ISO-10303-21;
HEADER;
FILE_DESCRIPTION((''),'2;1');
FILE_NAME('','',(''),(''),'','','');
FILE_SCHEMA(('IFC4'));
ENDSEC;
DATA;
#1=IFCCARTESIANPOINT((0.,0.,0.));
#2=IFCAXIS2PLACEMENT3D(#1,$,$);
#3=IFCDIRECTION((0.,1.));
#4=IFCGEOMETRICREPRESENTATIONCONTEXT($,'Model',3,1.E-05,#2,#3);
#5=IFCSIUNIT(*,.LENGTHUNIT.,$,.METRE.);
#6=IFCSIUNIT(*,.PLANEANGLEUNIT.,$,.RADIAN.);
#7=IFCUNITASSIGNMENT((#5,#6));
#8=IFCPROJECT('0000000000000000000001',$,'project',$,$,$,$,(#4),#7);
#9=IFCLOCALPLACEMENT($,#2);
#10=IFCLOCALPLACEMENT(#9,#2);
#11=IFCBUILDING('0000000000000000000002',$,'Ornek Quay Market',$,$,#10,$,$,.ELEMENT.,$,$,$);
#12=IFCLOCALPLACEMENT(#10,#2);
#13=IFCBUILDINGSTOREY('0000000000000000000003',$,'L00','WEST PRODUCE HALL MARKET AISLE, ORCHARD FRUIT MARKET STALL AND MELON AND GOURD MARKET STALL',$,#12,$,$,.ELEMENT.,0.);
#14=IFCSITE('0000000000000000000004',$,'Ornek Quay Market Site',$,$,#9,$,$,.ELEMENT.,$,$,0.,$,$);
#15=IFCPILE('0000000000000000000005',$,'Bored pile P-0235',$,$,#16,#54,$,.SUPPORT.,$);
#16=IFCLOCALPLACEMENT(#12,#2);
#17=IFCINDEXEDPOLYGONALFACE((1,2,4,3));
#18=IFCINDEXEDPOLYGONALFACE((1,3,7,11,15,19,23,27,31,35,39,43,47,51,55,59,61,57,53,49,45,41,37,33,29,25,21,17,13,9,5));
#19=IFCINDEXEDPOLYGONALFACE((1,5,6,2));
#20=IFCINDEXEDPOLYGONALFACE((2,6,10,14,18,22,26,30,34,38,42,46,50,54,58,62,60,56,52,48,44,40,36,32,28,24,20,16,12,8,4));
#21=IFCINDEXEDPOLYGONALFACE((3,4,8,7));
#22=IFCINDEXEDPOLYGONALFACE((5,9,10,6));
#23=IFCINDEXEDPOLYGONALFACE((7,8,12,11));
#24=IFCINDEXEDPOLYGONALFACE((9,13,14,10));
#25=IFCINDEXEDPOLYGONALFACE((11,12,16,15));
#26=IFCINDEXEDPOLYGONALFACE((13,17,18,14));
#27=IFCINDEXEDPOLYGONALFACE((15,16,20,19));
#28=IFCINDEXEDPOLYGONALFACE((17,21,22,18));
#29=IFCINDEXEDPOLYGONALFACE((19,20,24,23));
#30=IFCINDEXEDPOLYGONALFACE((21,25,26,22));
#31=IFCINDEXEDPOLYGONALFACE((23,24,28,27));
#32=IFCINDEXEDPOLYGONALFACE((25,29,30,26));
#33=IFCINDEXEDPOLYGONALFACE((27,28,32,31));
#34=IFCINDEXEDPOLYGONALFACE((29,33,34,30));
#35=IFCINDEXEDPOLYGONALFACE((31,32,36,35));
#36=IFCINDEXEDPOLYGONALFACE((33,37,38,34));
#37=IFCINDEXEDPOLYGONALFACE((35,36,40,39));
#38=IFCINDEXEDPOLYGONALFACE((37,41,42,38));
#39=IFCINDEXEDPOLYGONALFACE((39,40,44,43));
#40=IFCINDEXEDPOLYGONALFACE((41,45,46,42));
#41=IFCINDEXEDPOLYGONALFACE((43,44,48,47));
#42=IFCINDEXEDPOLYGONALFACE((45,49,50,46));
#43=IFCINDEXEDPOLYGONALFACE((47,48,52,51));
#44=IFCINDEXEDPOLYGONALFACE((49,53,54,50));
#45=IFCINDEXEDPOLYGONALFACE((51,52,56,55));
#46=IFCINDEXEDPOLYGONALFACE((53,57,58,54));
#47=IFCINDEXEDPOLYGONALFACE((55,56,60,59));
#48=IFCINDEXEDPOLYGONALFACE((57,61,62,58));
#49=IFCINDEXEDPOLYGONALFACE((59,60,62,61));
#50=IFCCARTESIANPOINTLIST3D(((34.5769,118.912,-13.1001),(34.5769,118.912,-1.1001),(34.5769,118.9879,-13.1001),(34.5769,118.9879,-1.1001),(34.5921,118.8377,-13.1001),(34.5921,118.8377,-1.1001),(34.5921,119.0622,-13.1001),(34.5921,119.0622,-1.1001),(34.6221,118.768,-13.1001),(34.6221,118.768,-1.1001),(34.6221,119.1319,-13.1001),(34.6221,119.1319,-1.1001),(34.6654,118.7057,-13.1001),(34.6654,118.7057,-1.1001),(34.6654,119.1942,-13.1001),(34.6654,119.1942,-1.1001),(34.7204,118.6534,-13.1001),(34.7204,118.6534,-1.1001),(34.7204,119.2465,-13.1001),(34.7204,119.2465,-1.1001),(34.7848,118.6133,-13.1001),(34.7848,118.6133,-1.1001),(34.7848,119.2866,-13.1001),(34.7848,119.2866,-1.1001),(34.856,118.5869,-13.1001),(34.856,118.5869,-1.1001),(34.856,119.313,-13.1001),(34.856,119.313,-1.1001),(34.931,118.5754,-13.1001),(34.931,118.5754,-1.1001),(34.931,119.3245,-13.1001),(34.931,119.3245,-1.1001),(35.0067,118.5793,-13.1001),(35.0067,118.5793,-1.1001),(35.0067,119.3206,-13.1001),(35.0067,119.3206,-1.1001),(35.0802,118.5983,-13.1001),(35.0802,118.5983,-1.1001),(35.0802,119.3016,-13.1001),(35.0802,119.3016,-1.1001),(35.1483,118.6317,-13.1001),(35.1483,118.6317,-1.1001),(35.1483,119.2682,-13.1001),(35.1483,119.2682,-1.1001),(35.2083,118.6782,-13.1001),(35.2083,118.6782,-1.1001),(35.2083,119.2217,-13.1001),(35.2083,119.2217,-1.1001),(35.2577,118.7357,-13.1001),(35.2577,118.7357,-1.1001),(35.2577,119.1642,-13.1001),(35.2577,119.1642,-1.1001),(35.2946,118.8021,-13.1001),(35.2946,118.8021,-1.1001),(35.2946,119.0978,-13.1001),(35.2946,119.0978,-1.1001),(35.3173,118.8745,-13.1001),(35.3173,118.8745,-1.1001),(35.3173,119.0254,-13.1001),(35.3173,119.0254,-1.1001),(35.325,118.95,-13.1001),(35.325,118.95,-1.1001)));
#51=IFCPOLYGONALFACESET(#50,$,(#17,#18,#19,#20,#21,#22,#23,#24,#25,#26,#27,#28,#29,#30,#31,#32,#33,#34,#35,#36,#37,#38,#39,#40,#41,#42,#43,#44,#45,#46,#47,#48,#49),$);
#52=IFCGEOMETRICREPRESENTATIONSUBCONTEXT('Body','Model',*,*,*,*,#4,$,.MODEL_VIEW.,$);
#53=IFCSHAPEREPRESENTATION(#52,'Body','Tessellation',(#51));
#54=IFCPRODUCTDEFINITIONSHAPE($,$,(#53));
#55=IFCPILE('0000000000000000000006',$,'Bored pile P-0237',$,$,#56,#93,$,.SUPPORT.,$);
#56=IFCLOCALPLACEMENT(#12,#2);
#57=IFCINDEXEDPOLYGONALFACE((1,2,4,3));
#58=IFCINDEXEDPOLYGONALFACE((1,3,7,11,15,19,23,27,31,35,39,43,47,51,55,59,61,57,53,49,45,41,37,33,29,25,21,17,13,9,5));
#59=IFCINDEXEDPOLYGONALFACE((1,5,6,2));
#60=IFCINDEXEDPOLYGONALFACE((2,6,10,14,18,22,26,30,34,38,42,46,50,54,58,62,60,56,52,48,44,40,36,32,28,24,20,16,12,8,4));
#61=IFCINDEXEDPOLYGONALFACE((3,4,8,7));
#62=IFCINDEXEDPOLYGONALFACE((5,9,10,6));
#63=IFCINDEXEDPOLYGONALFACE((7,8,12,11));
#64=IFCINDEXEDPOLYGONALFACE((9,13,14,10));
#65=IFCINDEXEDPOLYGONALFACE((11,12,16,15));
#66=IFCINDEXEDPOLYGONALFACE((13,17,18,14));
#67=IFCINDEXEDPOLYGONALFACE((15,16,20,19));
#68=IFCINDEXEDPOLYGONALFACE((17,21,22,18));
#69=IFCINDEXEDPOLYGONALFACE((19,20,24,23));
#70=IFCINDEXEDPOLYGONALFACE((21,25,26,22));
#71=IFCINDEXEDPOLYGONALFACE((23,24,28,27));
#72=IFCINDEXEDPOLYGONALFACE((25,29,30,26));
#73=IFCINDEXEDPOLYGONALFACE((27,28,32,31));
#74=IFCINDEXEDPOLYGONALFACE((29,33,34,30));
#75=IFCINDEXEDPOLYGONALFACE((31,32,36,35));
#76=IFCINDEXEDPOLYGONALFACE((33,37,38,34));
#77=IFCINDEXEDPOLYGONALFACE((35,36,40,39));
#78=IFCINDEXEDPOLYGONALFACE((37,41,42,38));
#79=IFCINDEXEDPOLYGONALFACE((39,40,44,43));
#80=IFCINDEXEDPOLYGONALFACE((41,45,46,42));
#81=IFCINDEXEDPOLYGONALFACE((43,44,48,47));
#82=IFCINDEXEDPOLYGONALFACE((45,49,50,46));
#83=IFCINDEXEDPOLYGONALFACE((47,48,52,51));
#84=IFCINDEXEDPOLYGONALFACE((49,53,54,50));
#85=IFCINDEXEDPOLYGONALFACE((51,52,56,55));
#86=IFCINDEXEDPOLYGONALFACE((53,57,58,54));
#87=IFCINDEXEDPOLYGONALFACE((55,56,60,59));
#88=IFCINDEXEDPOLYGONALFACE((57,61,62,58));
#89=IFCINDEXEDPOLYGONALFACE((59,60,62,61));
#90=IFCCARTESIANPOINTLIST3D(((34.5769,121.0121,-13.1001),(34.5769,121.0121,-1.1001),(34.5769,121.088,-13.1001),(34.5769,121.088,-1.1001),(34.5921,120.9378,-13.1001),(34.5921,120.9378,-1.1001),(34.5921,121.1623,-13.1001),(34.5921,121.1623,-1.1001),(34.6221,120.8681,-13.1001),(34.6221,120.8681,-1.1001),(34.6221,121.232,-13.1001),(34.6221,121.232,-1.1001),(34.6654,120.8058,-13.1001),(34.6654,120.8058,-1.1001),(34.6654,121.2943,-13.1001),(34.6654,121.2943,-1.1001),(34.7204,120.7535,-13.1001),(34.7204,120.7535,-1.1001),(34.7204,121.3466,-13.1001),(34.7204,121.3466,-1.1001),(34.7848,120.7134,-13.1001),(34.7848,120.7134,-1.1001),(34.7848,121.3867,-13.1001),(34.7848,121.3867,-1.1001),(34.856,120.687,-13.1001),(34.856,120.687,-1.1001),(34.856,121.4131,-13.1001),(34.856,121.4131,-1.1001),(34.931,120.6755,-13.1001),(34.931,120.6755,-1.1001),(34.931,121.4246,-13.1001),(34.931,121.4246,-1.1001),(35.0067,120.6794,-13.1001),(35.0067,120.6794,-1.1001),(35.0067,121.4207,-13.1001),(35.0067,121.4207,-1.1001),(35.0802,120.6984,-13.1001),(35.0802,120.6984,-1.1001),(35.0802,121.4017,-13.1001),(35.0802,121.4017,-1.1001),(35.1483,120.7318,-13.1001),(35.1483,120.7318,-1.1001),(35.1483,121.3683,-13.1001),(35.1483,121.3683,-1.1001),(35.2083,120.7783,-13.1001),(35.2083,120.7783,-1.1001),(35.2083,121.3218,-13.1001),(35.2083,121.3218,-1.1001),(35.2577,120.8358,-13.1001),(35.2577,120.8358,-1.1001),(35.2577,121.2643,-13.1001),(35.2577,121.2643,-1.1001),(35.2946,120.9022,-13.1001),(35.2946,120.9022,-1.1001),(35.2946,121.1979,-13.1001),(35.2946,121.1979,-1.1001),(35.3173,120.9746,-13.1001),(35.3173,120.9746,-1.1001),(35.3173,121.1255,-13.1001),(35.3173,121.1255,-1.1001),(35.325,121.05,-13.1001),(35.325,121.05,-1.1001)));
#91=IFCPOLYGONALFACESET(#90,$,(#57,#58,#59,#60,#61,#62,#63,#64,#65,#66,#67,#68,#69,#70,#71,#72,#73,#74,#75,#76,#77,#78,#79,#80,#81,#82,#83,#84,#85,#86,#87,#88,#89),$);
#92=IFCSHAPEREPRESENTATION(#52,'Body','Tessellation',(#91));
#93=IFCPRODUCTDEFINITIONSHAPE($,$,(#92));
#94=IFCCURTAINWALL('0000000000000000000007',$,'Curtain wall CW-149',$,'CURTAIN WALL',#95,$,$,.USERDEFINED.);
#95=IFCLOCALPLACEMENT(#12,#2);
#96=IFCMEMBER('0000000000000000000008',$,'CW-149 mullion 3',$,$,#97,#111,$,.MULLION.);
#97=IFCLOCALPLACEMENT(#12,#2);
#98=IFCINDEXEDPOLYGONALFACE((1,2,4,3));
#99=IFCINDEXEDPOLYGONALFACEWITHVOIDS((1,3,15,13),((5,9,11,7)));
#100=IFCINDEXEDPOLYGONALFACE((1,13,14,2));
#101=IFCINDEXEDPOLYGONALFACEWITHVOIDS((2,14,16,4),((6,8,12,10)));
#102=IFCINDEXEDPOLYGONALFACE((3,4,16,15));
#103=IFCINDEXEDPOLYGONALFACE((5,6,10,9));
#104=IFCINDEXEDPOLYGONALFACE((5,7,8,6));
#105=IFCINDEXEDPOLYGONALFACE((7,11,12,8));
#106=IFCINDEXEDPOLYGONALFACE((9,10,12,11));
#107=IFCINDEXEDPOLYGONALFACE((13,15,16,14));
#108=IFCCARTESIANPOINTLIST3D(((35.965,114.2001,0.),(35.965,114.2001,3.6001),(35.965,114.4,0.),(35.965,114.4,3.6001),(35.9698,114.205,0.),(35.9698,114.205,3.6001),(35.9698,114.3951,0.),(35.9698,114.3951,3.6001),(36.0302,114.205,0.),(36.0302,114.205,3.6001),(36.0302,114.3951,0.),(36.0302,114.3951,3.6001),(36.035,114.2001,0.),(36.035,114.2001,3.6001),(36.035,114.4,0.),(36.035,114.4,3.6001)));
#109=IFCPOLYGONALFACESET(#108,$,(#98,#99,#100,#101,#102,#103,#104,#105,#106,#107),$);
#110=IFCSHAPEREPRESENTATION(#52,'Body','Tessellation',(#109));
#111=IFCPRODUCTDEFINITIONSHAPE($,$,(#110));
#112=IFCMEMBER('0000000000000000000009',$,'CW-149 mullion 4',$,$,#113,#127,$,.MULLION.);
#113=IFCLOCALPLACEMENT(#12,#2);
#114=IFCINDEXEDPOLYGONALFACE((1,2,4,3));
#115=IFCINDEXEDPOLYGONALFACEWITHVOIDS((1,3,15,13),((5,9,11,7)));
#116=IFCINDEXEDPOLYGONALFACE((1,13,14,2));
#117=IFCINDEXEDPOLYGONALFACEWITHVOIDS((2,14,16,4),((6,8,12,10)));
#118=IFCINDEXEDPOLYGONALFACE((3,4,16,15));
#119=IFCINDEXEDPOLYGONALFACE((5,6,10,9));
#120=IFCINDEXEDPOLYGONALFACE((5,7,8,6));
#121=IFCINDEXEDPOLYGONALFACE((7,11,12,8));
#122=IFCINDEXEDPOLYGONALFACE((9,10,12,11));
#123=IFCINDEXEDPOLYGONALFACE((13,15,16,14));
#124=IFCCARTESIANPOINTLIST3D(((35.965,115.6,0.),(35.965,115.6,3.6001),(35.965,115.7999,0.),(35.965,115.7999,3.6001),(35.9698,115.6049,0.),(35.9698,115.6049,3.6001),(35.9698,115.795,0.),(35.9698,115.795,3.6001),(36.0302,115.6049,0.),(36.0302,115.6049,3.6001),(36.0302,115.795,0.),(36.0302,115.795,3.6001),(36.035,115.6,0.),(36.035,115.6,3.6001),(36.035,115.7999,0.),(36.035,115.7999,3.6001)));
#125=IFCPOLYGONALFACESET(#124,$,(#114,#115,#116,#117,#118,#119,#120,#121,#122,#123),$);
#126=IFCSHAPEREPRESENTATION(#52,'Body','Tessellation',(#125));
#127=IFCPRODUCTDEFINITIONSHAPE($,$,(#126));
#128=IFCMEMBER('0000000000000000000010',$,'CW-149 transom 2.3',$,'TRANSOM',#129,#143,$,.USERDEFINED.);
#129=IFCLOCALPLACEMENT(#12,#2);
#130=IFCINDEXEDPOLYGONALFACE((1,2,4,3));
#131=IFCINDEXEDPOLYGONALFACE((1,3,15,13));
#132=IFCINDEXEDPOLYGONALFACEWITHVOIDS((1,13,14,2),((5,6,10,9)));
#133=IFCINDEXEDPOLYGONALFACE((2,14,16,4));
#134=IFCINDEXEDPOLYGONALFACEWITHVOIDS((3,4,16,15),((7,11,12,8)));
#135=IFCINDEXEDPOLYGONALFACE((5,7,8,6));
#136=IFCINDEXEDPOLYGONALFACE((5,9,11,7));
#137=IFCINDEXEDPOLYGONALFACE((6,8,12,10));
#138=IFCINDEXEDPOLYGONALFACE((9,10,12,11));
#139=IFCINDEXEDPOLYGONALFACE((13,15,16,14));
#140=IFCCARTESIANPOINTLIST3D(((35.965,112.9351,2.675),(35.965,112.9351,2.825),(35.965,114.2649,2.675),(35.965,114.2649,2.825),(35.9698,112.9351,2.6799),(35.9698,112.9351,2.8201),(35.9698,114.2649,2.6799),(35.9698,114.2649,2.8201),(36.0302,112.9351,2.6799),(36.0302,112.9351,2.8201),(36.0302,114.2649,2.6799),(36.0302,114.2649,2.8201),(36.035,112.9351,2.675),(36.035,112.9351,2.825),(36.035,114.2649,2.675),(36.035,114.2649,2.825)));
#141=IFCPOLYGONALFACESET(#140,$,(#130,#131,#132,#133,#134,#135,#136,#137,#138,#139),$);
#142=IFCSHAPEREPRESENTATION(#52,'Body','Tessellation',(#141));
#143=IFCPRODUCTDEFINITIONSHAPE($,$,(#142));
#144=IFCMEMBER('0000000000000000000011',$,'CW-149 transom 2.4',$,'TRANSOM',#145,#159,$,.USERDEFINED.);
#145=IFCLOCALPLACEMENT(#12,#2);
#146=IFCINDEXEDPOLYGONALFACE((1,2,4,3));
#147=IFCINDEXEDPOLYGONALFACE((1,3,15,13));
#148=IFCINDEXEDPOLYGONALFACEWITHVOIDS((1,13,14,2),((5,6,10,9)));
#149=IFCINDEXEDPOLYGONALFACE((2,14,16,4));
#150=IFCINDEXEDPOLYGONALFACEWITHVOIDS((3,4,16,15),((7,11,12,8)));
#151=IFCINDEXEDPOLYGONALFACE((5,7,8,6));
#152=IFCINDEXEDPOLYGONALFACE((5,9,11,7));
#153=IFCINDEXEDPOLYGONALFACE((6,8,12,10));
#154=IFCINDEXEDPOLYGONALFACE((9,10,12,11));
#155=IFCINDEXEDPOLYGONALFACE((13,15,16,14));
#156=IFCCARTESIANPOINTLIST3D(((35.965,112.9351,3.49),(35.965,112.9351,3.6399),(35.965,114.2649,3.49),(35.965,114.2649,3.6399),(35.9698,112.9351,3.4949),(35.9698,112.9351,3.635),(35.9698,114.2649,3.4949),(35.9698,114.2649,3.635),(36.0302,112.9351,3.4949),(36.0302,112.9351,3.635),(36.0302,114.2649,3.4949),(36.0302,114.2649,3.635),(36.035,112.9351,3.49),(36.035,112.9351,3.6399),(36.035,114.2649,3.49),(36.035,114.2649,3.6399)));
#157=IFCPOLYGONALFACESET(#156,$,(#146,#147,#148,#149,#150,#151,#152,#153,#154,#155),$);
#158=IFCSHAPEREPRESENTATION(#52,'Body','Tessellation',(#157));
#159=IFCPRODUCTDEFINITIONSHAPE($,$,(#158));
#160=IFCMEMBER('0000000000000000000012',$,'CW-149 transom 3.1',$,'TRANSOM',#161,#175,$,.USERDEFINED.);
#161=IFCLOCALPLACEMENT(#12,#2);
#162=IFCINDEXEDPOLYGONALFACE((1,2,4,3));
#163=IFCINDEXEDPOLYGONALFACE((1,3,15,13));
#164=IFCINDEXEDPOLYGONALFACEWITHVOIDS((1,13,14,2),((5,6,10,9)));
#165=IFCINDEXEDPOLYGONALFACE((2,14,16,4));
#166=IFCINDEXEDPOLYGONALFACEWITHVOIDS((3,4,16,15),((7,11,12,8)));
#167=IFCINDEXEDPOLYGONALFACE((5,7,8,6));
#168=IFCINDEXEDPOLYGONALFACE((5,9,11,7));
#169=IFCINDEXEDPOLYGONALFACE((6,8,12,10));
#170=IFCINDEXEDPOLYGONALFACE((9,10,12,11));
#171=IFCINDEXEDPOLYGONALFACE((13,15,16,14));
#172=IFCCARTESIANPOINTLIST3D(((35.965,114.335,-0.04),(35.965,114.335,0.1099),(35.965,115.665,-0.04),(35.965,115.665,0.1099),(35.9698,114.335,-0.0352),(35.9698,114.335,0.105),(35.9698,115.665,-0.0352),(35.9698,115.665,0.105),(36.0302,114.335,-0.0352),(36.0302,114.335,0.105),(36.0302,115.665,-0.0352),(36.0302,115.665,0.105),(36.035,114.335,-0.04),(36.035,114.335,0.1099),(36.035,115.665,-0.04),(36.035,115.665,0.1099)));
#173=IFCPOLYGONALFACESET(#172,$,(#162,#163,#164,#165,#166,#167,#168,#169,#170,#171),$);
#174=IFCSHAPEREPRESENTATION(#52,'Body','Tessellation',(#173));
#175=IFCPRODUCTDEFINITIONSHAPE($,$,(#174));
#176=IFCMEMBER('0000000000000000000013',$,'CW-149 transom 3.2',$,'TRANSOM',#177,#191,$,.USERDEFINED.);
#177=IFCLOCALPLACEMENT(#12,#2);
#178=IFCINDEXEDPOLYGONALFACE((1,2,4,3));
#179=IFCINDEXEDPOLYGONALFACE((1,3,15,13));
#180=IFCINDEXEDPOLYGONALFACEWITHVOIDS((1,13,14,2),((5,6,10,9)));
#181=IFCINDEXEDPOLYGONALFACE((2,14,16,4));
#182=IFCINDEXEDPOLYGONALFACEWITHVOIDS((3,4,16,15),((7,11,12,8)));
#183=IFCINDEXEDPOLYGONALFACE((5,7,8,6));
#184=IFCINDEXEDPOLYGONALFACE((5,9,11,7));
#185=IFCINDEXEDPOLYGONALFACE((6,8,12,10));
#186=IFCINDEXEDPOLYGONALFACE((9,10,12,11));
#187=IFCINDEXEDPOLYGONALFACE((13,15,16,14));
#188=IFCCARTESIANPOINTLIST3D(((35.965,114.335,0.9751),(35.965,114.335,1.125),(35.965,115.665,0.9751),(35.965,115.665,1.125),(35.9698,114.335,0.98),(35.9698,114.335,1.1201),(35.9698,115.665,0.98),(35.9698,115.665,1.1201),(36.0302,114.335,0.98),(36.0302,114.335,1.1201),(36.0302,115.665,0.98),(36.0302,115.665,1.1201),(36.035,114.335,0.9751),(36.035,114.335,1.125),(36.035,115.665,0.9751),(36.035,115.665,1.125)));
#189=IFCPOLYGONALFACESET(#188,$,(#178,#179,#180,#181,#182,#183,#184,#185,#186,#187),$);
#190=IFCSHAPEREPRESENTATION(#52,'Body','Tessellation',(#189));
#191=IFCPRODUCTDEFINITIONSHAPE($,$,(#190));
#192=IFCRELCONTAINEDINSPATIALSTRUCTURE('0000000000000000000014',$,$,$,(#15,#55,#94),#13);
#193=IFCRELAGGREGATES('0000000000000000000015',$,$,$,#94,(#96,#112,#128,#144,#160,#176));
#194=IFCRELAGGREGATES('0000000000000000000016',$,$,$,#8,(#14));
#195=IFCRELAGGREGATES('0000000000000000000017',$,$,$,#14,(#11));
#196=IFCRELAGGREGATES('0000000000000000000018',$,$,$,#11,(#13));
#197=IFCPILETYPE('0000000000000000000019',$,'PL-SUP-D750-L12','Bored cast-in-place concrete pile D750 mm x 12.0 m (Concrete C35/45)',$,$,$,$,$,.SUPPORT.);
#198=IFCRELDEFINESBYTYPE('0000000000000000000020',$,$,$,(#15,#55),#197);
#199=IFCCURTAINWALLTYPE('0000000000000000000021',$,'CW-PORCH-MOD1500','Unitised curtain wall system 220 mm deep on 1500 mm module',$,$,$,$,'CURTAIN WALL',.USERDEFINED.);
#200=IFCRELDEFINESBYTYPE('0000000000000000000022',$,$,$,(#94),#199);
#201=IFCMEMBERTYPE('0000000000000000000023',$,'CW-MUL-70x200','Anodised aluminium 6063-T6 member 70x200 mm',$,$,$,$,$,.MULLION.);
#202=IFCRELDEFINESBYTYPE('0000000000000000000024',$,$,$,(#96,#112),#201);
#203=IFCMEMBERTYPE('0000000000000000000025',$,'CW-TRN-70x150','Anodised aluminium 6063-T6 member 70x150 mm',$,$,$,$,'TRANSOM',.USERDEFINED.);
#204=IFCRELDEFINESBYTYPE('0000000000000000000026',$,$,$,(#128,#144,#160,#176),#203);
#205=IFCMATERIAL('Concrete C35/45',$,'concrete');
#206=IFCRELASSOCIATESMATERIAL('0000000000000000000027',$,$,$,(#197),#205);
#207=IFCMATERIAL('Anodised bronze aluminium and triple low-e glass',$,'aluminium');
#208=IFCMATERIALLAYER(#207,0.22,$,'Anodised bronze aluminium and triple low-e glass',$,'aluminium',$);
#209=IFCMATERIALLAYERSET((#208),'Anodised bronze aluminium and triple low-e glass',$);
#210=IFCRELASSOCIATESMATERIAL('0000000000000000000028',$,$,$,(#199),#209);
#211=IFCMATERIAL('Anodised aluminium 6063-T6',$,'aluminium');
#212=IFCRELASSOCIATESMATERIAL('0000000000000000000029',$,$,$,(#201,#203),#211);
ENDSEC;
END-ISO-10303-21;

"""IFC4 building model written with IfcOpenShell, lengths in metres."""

from ifc_helpers import new_model, si_unit, direction, frame, origin, origin_2d, place, context, subcontext, project, spatial, hollow_rectangle, circle, extrude, material, layer, layer_set, material_profile, profile_set, type_object, element, aggregate, save


model = new_model("IFC4")

# Units and contexts
model_context = context("Model", 3, precision=1e-05, world=origin(), true_north=direction((0.0, 1.0)))
body_context = subcontext(model_context, "Body", "Model", "MODEL_VIEW")
ifc_project = project(units=[si_unit("LENGTHUNIT", "METRE"), si_unit("PLANEANGLEUNIT", "RADIAN")], contexts=[model_context])

# Site, building, storey
site_placement = place(None, origin())
site = spatial("IfcSite", under=ifc_project, at=site_placement, Name="Ornek Quay Market Site", CompositionType="ELEMENT", RefElevation=0.0)
building_placement = place(site_placement, origin())
building = spatial("IfcBuilding", under=site, at=building_placement, Name="Ornek Quay Market", CompositionType="ELEMENT")
storey_placement = place(building_placement, origin())
storey = spatial("IfcBuildingStorey", under=building, at=storey_placement, Name="L00", Description="WEST PRODUCE HALL MARKET AISLE, ORCHARD FRUIT MARKET STALL AND MELON AND GOURD MARKET STALL", CompositionType="ELEMENT", Elevation=0.0)

# Piles
ifc_material_1 = material(Name="Concrete C35/45", Category="concrete")
ifc_material_profile_1 = material_profile(ifc_material_1, circle(Radius=0.375, at=origin_2d()), Name="PILE D750", Category="concrete")
ifc_profile_set_1 = profile_set([ifc_material_profile_1], Name="Concrete C35/45")
pile_type = type_object("IfcPileType", Name="PL-SUP-D750-L12", Description="Bored cast-in-place concrete pile D750 mm x 12.0 m (Concrete C35/45)", PredefinedType="SUPPORT", material=ifc_profile_set_1)
for number, where, z_axis, x_axis, name in (
    (1, (34.95, 118.95, -1.1001), (0.0, 0.0, -1.0), (1.0, 0.0, 0.0), "Bored pile P-0235"),
    (2, (34.95, 121.05, -1.1001), (0.0, 0.0, -1.0), (1.0, 0.0, 0.0), "Bored pile P-0237"),
):
    element("IfcPile", number, at=place(storey_placement, frame(where, z_axis=z_axis, x_axis=x_axis)), inside=storey, type_object=pile_type, Name=name, PredefinedType="SUPPORT", context=body_context, shape_type="SweptSolid", body=[
        extrude(circle(Radius=0.375, at=origin_2d()), origin(), (0.0, 0.0, 1.0), 12.0),
    ])

# Curtain wall, members
ifc_material_2 = material(Name="Anodised bronze aluminium and triple low-e glass", Category="aluminium")
ifc_layer_1 = layer(ifc_material_2, 0.22, Name="Anodised bronze aluminium and triple low-e glass", Category="aluminium")
ifc_layer_set_1 = layer_set([ifc_layer_1], Name="Anodised bronze aluminium and triple low-e glass")
curtain_wall_type = type_object("IfcCurtainWallType", Name="CW-PORCH-MOD1500", Description="Unitised curtain wall system 220 mm deep on 1500 mm module", ElementType="CURTAIN WALL", PredefinedType="USERDEFINED", material=ifc_layer_set_1)
curtain_wall_placement = place(storey_placement, origin())
curtain_wall = element("IfcCurtainWall", 3, at=curtain_wall_placement, inside=storey, type_object=curtain_wall_type, Name="Curtain wall CW-149", ObjectType="CURTAIN WALL", PredefinedType="USERDEFINED")
ifc_material_3 = material(Name="Anodised aluminium 6063-T6", Category="aluminium")
ifc_material_profile_2 = material_profile(ifc_material_3, hollow_rectangle(XDim=0.0701, YDim=0.2, WallThickness=0.0049, at=origin_2d()), Name="CW-MUL-70x200", Category="aluminium")
ifc_profile_set_2 = profile_set([ifc_material_profile_2], Name="Anodised aluminium 6063-T6")
member_type_1 = type_object("IfcMemberType", Name="CW-MUL-70x200", Description="Anodised aluminium 6063-T6 member 70x200 mm", PredefinedType="MULLION", material=ifc_profile_set_2)
member_1_placement = place(storey_placement, frame((36.0, 114.3, 0.0), z_axis=(0.0, 0.0, 1.0), x_axis=(-1.0, 0.0, 0.0)))
member_1 = element("IfcMember", 4, at=member_1_placement, type_object=member_type_1, Name="CW-149 mullion 3", PredefinedType="MULLION", context=body_context, shape_type="SweptSolid", body=[
    extrude(hollow_rectangle(XDim=0.0701, YDim=0.2, WallThickness=0.0049, at=origin_2d()), origin(), (0.0, 0.0, 1.0), 3.6001),
])
member_2_placement = place(storey_placement, frame((36.0, 115.7, 0.0), z_axis=(0.0, 0.0, 1.0), x_axis=(-1.0, 0.0, 0.0)))
member_2 = element("IfcMember", 5, at=member_2_placement, type_object=member_type_1, Name="CW-149 mullion 4", PredefinedType="MULLION", context=body_context, shape_type="SweptSolid", body=[
    extrude(hollow_rectangle(XDim=0.0701, YDim=0.2, WallThickness=0.0049, at=origin_2d()), origin(), (0.0, 0.0, 1.0), 3.6001),
])
ifc_material_profile_3 = material_profile(ifc_material_3, hollow_rectangle(XDim=0.0701, YDim=0.1499, WallThickness=0.0049, at=origin_2d()), Name="CW-TRN-70x150", Category="aluminium")
ifc_profile_set_3 = profile_set([ifc_material_profile_3], Name="Anodised aluminium 6063-T6")
member_type_2 = type_object("IfcMemberType", Name="CW-TRN-70x150", Description="Anodised aluminium 6063-T6 member 70x150 mm", ElementType="TRANSOM", PredefinedType="USERDEFINED", material=ifc_profile_set_3)
member_3_placement = place(storey_placement, frame((36.0, 112.9351, 2.75), z_axis=(0.0, 1.0, 0.0), x_axis=(-1.0, 0.0, 0.0)))
member_3 = element("IfcMember", 6, at=member_3_placement, type_object=member_type_2, Name="CW-149 transom 2.3", ObjectType="TRANSOM", PredefinedType="USERDEFINED", context=body_context, shape_type="SweptSolid", body=[
    extrude(hollow_rectangle(XDim=0.0701, YDim=0.1499, WallThickness=0.0049, at=origin_2d()), origin(), (0.0, 0.0, 1.0), 1.3298),
])
member_4_placement = place(storey_placement, frame((36.0, 112.9351, 3.5649), z_axis=(0.0, 1.0, 0.0), x_axis=(-1.0, 0.0, 0.0)))
member_4 = element("IfcMember", 7, at=member_4_placement, type_object=member_type_2, Name="CW-149 transom 2.4", ObjectType="TRANSOM", PredefinedType="USERDEFINED", context=body_context, shape_type="SweptSolid", body=[
    extrude(hollow_rectangle(XDim=0.0701, YDim=0.1499, WallThickness=0.0049, at=origin_2d()), origin(), (0.0, 0.0, 1.0), 1.3298),
])
member_5_placement = place(storey_placement, frame((36.0, 114.335, 0.0349), z_axis=(0.0, 1.0, 0.0), x_axis=(-1.0, 0.0, 0.0)))
member_5 = element("IfcMember", 8, at=member_5_placement, type_object=member_type_2, Name="CW-149 transom 3.1", ObjectType="TRANSOM", PredefinedType="USERDEFINED", context=body_context, shape_type="SweptSolid", body=[
    extrude(hollow_rectangle(XDim=0.0701, YDim=0.1499, WallThickness=0.0049, at=origin_2d()), origin(), (0.0, 0.0, 1.0), 1.3301),
])
member_6_placement = place(storey_placement, frame((36.0, 114.335, 1.05), z_axis=(0.0, 1.0, 0.0), x_axis=(-1.0, 0.0, 0.0)))
member_6 = element("IfcMember", 9, at=member_6_placement, type_object=member_type_2, Name="CW-149 transom 3.2", ObjectType="TRANSOM", PredefinedType="USERDEFINED", context=body_context, shape_type="SweptSolid", body=[
    extrude(hollow_rectangle(XDim=0.0701, YDim=0.1499, WallThickness=0.0049, at=origin_2d()), origin(), (0.0, 0.0, 1.0), 1.3301),
])
aggregate(curtain_wall, [member_1, member_2, member_3, member_4, member_5, member_6])

save(model, "model.ifc")
